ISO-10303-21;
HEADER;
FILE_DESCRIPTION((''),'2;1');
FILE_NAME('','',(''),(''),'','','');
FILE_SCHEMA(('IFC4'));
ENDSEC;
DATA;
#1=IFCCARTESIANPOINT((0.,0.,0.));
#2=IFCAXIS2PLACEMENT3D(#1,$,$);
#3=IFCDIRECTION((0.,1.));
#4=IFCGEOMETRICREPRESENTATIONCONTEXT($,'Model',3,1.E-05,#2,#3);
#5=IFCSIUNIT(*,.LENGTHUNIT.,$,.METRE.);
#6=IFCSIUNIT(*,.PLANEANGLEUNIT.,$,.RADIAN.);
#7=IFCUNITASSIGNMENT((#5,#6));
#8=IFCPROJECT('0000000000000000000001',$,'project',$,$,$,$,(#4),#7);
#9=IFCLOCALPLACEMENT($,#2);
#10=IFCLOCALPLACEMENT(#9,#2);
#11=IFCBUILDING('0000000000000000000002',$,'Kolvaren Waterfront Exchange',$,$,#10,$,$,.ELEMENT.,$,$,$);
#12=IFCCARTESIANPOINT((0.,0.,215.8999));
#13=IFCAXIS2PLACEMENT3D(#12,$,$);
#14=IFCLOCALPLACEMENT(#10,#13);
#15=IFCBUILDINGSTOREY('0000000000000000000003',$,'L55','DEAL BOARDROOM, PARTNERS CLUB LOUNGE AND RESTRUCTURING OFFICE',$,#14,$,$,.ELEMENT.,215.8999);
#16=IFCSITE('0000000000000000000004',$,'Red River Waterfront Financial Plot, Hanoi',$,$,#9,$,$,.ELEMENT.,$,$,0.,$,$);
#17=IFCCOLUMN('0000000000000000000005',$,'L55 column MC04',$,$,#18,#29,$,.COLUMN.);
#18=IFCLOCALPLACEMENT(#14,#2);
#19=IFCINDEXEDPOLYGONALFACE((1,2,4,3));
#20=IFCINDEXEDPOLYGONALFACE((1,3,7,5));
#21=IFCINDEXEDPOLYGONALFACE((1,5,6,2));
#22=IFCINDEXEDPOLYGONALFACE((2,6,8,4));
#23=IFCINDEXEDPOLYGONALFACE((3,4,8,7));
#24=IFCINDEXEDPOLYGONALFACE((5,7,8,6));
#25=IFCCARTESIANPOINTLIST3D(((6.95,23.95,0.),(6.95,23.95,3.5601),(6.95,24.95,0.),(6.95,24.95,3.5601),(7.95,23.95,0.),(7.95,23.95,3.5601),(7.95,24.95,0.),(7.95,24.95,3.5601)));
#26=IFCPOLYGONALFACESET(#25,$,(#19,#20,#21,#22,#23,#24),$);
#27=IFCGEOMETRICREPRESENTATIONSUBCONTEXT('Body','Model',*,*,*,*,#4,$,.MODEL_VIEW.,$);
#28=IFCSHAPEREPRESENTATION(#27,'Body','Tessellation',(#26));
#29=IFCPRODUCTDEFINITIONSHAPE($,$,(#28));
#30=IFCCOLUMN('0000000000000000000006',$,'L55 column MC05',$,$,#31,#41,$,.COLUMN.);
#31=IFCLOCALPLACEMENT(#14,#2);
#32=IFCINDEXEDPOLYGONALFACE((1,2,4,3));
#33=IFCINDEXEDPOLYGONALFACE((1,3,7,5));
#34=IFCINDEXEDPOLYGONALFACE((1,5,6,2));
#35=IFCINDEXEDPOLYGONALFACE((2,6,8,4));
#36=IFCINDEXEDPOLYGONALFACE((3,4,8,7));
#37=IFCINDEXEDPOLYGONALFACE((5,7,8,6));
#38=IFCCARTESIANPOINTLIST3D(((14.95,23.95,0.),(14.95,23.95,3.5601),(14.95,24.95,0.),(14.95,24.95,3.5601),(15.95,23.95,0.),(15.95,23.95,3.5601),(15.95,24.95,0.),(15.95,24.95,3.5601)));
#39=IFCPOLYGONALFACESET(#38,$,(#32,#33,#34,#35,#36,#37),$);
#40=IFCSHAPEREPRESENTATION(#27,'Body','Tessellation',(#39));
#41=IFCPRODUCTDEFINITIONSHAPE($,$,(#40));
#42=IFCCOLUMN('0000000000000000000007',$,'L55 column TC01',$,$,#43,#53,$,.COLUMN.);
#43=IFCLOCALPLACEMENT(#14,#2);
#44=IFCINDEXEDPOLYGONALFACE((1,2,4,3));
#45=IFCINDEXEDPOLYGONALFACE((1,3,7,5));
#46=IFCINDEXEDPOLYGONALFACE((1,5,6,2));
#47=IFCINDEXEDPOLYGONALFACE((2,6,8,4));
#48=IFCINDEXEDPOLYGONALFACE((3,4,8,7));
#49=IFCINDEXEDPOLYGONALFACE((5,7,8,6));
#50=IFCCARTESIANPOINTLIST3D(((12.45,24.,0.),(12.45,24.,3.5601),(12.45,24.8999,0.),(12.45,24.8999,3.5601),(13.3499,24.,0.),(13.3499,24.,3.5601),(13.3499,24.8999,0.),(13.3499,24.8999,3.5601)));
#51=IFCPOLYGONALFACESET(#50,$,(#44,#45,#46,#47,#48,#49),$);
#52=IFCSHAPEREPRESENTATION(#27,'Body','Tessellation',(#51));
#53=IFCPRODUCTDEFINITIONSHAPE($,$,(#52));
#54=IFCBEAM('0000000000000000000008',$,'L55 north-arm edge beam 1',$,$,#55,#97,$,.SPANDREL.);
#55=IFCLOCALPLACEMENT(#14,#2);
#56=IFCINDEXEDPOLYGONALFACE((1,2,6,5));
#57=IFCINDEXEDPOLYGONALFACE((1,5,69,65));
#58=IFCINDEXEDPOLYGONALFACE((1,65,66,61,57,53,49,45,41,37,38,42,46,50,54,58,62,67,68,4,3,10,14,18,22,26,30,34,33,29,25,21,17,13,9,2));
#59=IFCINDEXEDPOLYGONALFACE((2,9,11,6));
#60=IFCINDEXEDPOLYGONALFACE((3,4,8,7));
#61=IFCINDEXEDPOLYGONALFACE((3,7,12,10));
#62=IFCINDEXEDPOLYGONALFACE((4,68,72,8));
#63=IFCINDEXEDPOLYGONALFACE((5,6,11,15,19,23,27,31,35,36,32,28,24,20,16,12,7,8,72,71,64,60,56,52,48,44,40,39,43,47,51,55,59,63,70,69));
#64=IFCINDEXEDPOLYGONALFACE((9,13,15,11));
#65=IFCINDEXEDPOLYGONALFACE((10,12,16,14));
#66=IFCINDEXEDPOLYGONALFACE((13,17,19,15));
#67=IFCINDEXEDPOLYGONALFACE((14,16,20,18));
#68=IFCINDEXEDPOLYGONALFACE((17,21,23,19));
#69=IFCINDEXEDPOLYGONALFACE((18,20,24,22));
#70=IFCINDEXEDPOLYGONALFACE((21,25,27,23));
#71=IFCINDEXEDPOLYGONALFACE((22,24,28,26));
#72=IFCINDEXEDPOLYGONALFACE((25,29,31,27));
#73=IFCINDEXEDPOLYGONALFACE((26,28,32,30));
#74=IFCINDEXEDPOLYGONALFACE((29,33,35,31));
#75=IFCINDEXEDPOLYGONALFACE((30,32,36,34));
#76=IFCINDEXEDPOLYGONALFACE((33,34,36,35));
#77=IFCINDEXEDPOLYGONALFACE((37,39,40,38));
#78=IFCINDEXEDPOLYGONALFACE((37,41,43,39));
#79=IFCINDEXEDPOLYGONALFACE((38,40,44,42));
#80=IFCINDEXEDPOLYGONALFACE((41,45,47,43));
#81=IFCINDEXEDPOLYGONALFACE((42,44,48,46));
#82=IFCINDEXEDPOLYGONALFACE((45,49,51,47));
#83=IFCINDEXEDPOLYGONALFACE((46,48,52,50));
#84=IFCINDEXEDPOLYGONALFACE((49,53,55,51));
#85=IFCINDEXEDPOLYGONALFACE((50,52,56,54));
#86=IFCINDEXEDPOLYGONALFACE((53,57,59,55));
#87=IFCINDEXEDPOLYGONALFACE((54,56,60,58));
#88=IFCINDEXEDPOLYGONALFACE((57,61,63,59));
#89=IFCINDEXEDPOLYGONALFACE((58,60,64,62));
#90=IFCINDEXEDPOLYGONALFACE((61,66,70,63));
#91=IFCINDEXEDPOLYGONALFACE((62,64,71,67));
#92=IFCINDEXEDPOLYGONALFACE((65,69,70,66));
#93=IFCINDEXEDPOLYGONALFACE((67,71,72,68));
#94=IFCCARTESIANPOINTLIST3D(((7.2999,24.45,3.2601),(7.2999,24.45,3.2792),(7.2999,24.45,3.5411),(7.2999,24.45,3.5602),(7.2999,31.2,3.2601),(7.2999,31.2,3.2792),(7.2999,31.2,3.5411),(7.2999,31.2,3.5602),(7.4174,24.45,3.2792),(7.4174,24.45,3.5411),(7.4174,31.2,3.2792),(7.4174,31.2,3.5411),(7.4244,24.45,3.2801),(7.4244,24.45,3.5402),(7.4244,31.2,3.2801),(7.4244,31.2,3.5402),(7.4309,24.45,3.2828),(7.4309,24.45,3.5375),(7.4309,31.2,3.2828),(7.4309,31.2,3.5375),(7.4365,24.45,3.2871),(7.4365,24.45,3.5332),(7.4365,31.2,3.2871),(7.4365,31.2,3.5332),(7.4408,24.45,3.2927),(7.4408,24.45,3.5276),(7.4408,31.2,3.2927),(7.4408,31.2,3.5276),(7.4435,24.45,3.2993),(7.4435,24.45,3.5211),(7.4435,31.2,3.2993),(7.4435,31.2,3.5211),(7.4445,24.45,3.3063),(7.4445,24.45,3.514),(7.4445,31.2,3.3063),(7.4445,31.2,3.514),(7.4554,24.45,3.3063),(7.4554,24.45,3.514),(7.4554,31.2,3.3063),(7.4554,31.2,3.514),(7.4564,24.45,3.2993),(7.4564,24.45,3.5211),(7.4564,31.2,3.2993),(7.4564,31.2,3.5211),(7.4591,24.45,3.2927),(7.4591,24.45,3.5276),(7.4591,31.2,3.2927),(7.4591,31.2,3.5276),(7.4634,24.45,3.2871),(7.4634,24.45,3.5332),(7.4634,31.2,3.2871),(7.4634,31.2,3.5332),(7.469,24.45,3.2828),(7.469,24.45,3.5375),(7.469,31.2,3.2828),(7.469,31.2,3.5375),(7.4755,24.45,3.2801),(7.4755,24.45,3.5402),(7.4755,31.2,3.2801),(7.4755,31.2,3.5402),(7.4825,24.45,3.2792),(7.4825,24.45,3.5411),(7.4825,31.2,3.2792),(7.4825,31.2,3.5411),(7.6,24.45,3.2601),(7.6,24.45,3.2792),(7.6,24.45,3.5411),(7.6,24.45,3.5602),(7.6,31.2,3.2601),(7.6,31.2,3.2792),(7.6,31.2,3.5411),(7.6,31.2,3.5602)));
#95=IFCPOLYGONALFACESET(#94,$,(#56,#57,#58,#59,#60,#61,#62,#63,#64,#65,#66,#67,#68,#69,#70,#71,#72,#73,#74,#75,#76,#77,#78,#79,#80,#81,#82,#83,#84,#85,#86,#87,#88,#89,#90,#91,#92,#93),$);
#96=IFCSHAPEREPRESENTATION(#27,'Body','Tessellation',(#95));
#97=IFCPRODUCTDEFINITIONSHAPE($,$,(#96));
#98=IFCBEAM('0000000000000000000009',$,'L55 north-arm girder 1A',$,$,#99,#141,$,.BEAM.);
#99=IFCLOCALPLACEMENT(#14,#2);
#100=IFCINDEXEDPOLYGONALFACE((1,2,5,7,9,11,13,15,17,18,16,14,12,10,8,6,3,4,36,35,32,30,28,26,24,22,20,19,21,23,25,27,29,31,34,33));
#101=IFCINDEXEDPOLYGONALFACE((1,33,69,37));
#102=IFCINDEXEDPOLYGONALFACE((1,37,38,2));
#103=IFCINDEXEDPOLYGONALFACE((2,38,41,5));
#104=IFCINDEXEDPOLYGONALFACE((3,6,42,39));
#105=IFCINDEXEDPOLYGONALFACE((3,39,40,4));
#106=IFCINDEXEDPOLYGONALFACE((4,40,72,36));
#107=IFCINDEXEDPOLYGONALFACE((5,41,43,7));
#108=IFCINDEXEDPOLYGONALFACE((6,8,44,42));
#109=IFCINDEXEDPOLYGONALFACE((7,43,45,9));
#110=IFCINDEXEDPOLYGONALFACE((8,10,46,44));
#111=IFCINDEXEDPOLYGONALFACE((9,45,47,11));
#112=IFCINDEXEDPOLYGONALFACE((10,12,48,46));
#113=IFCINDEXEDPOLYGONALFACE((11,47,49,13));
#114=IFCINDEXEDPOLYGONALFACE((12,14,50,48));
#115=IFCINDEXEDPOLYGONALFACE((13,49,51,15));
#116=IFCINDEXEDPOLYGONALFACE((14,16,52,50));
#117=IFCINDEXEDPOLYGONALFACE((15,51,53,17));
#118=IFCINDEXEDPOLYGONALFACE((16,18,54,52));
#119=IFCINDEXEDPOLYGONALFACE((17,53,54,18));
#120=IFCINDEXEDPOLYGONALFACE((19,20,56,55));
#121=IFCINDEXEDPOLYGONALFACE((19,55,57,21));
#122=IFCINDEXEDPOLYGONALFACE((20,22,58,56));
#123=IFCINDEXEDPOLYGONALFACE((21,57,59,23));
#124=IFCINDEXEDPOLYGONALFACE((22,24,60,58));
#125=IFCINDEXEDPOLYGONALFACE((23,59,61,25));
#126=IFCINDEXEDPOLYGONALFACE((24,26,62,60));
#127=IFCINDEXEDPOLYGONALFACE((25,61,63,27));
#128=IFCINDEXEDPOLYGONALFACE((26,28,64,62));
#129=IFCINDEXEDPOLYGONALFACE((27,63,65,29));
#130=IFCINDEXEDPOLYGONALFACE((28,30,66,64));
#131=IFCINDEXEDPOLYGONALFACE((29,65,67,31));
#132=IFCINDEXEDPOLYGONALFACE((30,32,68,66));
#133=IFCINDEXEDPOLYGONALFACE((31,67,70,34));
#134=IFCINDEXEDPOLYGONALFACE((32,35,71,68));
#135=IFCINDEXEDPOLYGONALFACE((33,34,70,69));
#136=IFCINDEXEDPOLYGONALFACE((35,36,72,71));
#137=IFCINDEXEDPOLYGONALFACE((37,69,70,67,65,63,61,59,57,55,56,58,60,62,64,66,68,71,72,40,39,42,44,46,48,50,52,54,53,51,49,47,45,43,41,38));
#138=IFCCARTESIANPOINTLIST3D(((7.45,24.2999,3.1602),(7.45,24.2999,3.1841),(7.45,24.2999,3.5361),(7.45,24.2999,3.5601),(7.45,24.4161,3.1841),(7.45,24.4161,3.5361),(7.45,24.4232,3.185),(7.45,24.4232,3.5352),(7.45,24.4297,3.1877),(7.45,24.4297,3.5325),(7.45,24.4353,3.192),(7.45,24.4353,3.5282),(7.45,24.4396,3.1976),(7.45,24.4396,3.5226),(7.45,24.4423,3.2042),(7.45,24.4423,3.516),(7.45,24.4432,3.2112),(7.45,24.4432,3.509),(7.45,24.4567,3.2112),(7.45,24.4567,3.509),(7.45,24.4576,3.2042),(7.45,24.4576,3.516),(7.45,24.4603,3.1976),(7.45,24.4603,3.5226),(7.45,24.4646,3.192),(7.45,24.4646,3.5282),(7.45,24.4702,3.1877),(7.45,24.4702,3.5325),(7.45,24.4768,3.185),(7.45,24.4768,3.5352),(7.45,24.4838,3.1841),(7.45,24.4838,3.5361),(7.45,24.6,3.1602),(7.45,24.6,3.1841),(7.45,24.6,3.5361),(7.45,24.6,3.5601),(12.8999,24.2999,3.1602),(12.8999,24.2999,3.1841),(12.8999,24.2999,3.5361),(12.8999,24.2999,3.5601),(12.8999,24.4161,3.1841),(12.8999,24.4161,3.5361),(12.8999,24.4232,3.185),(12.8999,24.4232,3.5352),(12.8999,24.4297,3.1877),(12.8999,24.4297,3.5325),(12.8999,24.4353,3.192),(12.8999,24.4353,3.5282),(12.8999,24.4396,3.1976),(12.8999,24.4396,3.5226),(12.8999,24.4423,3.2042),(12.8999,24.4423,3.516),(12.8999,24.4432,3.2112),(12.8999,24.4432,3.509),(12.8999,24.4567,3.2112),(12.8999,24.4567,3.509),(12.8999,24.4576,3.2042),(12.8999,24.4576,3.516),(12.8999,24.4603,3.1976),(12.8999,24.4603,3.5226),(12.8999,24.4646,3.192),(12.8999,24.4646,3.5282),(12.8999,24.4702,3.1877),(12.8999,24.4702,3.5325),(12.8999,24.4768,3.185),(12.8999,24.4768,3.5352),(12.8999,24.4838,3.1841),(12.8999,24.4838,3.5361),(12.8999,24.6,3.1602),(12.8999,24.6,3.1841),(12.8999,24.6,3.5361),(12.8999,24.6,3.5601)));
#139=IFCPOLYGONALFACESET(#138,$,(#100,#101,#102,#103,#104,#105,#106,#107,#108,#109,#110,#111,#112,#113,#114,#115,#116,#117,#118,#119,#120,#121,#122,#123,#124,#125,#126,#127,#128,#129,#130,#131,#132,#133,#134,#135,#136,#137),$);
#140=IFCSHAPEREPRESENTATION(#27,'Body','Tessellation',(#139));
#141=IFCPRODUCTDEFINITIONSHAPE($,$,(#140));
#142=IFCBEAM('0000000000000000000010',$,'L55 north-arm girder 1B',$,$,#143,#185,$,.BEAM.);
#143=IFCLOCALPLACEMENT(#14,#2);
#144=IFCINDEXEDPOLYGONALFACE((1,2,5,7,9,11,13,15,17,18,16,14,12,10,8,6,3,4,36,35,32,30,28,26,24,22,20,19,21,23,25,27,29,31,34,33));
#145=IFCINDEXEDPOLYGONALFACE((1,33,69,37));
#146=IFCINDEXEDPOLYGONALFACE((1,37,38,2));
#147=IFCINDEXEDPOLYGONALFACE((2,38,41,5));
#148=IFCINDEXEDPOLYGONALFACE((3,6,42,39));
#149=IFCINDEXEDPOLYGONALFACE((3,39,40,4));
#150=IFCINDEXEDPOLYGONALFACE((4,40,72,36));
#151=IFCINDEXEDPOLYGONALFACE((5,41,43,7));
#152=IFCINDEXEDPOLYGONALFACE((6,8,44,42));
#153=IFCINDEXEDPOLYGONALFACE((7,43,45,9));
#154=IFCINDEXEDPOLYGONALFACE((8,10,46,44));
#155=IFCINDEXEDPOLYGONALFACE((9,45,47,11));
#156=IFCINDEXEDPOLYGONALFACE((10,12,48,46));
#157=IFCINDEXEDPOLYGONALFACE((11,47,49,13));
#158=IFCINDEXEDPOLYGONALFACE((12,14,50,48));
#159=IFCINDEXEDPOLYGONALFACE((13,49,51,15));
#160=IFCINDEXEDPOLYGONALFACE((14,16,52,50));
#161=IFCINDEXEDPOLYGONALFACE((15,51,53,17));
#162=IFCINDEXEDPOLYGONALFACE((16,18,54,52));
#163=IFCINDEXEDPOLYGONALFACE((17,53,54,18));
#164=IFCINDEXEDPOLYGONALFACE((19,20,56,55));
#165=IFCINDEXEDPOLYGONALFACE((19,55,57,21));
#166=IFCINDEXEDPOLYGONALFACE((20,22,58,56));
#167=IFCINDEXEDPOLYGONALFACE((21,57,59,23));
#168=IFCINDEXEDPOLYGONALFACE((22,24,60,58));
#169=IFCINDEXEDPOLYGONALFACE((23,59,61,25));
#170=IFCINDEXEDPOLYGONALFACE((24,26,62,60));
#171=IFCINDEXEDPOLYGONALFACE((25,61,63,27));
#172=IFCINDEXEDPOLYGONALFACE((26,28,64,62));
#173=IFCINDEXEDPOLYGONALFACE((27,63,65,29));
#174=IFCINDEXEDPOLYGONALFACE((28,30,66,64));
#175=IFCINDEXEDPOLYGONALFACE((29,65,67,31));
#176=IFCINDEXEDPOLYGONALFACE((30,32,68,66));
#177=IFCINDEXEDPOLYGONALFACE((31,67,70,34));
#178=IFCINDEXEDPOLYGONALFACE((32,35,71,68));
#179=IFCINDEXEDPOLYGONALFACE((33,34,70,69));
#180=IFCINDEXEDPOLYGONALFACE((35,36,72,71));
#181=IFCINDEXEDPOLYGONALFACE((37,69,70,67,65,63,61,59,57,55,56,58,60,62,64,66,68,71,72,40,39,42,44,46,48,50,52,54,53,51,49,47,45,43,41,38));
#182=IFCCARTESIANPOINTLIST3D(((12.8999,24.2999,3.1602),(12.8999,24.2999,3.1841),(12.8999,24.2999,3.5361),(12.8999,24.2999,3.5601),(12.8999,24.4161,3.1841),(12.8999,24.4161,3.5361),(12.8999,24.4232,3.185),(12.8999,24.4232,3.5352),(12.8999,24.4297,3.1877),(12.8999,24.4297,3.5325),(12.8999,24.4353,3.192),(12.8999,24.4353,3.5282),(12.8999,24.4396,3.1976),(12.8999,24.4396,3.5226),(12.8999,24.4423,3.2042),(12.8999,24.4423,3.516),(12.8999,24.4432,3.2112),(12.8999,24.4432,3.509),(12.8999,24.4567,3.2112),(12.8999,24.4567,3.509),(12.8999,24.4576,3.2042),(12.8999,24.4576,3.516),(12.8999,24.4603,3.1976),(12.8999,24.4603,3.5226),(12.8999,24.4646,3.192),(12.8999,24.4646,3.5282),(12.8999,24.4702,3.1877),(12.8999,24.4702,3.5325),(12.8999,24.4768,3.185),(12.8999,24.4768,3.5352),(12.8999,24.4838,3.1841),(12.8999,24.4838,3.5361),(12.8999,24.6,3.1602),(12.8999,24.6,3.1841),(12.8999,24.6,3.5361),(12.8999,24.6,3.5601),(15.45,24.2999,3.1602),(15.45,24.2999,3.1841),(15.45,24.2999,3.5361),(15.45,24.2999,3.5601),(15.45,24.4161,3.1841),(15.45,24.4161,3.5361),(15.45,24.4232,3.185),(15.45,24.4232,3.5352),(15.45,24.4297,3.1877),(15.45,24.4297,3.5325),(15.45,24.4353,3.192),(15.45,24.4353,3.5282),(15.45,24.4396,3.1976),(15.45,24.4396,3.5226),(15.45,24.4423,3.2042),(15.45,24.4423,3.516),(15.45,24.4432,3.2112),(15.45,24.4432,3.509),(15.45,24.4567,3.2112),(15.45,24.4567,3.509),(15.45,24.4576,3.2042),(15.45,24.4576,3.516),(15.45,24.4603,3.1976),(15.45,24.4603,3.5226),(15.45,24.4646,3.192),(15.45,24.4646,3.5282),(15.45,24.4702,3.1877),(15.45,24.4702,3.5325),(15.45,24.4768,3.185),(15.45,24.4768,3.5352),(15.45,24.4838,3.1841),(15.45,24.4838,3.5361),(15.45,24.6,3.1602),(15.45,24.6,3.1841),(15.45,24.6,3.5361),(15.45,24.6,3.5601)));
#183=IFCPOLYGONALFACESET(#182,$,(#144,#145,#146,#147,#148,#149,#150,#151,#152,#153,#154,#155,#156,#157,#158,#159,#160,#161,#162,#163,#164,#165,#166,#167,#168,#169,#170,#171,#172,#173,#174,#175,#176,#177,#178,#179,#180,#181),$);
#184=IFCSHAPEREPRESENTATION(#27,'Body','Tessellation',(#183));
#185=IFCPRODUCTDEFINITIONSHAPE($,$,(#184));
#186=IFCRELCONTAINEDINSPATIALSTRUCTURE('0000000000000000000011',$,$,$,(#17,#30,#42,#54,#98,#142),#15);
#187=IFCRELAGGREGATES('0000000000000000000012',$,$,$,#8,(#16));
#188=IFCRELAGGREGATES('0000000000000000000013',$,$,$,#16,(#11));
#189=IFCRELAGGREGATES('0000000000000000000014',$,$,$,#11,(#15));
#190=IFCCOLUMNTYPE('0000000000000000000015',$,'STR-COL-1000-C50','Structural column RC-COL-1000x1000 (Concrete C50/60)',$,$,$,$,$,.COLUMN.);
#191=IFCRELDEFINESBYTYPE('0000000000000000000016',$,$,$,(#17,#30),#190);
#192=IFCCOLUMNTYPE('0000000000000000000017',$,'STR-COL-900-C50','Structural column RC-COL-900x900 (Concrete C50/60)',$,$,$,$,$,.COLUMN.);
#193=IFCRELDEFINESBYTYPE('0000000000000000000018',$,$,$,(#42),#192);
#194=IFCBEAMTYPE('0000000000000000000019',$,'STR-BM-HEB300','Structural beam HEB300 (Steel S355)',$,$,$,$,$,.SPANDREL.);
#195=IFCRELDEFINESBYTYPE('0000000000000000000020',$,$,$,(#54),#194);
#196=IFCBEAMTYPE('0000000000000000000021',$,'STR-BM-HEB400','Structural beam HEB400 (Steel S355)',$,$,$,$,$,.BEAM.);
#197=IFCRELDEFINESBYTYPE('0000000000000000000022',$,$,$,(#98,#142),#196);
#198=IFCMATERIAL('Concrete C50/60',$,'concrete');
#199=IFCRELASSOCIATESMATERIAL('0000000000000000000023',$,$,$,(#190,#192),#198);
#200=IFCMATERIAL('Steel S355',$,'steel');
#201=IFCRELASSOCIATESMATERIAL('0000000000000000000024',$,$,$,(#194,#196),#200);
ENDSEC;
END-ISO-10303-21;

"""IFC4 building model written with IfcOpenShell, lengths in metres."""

from ifc_helpers import new_model, si_unit, direction, frame, origin, origin_2d, place, context, subcontext, project, spatial, rectangle, i_section, extrude, material, material_profile, profile_set, type_object, element, save


model = new_model("IFC4")

# Units and contexts
model_context = context("Model", 3, precision=1e-05, world=origin(), true_north=direction((0.0, 1.0)))
body_context = subcontext(model_context, "Body", "Model", "MODEL_VIEW")
ifc_project = project(units=[si_unit("LENGTHUNIT", "METRE"), si_unit("PLANEANGLEUNIT", "RADIAN")], contexts=[model_context])

# Site, building, storey
site_placement = place(None, origin())
site = spatial("IfcSite", under=ifc_project, at=site_placement, Name="Red River Waterfront Financial Plot, Hanoi", CompositionType="ELEMENT", RefElevation=0.0)
building_placement = place(site_placement, origin())
building = spatial("IfcBuilding", under=site, at=building_placement, Name="Kolvaren Waterfront Exchange", CompositionType="ELEMENT")
storey_placement = place(building_placement, frame((0.0, 0.0, 215.8999)))
storey = spatial("IfcBuildingStorey", under=building, at=storey_placement, Name="L55", Description="DEAL BOARDROOM, PARTNERS CLUB LOUNGE AND RESTRUCTURING OFFICE", CompositionType="ELEMENT", Elevation=215.8999)

# Columns
ifc_material_1 = material(Name="Concrete C50/60", Category="concrete")
ifc_material_profile_1 = material_profile(ifc_material_1, rectangle(XDim=1.0, YDim=1.0, at=origin_2d()), Name="RC-COL-1000x1000")
ifc_profile_set_1 = profile_set([ifc_material_profile_1], Name="Concrete C50/60")
column_type_1 = type_object("IfcColumnType", Name="STR-COL-1000-C50", Description="Structural column RC-COL-1000x1000 (Concrete C50/60)", PredefinedType="COLUMN", material=ifc_profile_set_1)
for number, where, z_axis, x_axis, name in (
    (1, (7.45, 24.45, 0.0), (0.0, 0.0, 1.0), (1.0, 0.0, 0.0), "L55 column MC04"),
    (2, (15.45, 24.45, 0.0), (0.0, 0.0, 1.0), (1.0, 0.0, 0.0), "L55 column MC05"),
):
    element("IfcColumn", number, at=place(storey_placement, frame(where, z_axis=z_axis, x_axis=x_axis)), inside=storey, type_object=column_type_1, Name=name, PredefinedType="COLUMN", context=body_context, shape_type="SweptSolid", body=[
        extrude(rectangle(XDim=1.0, YDim=1.0, at=origin_2d()), origin(), (0.0, 0.0, 1.0), 3.5601),
    ])
ifc_material_profile_2 = material_profile(ifc_material_1, rectangle(XDim=0.8999, YDim=0.8999, at=origin_2d()), Name="RC-COL-900x900")
ifc_profile_set_2 = profile_set([ifc_material_profile_2], Name="Concrete C50/60")
column_type_2 = type_object("IfcColumnType", Name="STR-COL-900-C50", Description="Structural column RC-COL-900x900 (Concrete C50/60)", PredefinedType="COLUMN", material=ifc_profile_set_2)
column_placement = place(storey_placement, frame((12.8999, 24.45, 0.0), z_axis=(0.0, 0.0, 1.0), x_axis=(1.0, 0.0, 0.0)))
element("IfcColumn", 3, at=column_placement, inside=storey, type_object=column_type_2, Name="L55 column TC01", PredefinedType="COLUMN", context=body_context, shape_type="SweptSolid", body=[
    extrude(rectangle(XDim=0.8999, YDim=0.8999, at=origin_2d()), origin(), (0.0, 0.0, 1.0), 3.5601),
])

# Beams
ifc_material_2 = material(Name="Steel S355", Category="steel")
ifc_material_profile_3 = material_profile(ifc_material_2, i_section(OverallWidth=0.3, OverallDepth=0.3, WebThickness=0.011, FlangeThickness=0.019, FilletRadius=0.0271, at=origin_2d()), Name="HEB300")
ifc_profile_set_3 = profile_set([ifc_material_profile_3], Name="Steel S355")
beam_type_1 = type_object("IfcBeamType", Name="STR-BM-HEB300", Description="Structural beam HEB300 (Steel S355)", PredefinedType="SPANDREL", material=ifc_profile_set_3)
beam_1_placement = place(storey_placement, frame((7.45, 24.45, 3.4102), z_axis=(0.0, 1.0, 0.0), x_axis=(-1.0, 0.0, 0.0)))
element("IfcBeam", 4, at=beam_1_placement, inside=storey, type_object=beam_type_1, Name="L55 north-arm edge beam 1", PredefinedType="SPANDREL", context=body_context, shape_type="SweptSolid", body=[
    extrude(i_section(OverallWidth=0.3, OverallDepth=0.3, WebThickness=0.011, FlangeThickness=0.019, FilletRadius=0.0271, at=origin_2d()), origin(), (0.0, 0.0, 1.0), 6.75),
])
ifc_material_profile_4 = material_profile(ifc_material_2, i_section(OverallWidth=0.3, OverallDepth=0.3999, WebThickness=0.0134, FlangeThickness=0.0239, FilletRadius=0.0271, at=origin_2d()), Name="HEB400")
ifc_profile_set_4 = profile_set([ifc_material_profile_4], Name="Steel S355")
beam_type_2 = type_object("IfcBeamType", Name="STR-BM-HEB400", Description="Structural beam HEB400 (Steel S355)", PredefinedType="BEAM", material=ifc_profile_set_4)
beam_2_placement = place(storey_placement, frame((7.45, 24.45, 3.3601), z_axis=(1.0, 0.0, 0.0), x_axis=(0.0, 1.0, 0.0)))
element("IfcBeam", 5, at=beam_2_placement, inside=storey, type_object=beam_type_2, Name="L55 north-arm girder 1A", PredefinedType="BEAM", context=body_context, shape_type="SweptSolid", body=[
    extrude(i_section(OverallWidth=0.3, OverallDepth=0.3999, WebThickness=0.0134, FlangeThickness=0.0239, FilletRadius=0.0271, at=origin_2d()), origin(), (0.0, 0.0, 1.0), 5.45),
])
beam_3_placement = place(storey_placement, frame((12.8999, 24.45, 3.3601), z_axis=(1.0, 0.0, 0.0), x_axis=(0.0, 1.0, 0.0)))
element("IfcBeam", 6, at=beam_3_placement, inside=storey, type_object=beam_type_2, Name="L55 north-arm girder 1B", PredefinedType="BEAM", context=body_context, shape_type="SweptSolid", body=[
    extrude(i_section(OverallWidth=0.3, OverallDepth=0.3999, WebThickness=0.0134, FlangeThickness=0.0239, FilletRadius=0.0271, at=origin_2d()), origin(), (0.0, 0.0, 1.0), 2.55),
])

save(model, "model.ifc")
